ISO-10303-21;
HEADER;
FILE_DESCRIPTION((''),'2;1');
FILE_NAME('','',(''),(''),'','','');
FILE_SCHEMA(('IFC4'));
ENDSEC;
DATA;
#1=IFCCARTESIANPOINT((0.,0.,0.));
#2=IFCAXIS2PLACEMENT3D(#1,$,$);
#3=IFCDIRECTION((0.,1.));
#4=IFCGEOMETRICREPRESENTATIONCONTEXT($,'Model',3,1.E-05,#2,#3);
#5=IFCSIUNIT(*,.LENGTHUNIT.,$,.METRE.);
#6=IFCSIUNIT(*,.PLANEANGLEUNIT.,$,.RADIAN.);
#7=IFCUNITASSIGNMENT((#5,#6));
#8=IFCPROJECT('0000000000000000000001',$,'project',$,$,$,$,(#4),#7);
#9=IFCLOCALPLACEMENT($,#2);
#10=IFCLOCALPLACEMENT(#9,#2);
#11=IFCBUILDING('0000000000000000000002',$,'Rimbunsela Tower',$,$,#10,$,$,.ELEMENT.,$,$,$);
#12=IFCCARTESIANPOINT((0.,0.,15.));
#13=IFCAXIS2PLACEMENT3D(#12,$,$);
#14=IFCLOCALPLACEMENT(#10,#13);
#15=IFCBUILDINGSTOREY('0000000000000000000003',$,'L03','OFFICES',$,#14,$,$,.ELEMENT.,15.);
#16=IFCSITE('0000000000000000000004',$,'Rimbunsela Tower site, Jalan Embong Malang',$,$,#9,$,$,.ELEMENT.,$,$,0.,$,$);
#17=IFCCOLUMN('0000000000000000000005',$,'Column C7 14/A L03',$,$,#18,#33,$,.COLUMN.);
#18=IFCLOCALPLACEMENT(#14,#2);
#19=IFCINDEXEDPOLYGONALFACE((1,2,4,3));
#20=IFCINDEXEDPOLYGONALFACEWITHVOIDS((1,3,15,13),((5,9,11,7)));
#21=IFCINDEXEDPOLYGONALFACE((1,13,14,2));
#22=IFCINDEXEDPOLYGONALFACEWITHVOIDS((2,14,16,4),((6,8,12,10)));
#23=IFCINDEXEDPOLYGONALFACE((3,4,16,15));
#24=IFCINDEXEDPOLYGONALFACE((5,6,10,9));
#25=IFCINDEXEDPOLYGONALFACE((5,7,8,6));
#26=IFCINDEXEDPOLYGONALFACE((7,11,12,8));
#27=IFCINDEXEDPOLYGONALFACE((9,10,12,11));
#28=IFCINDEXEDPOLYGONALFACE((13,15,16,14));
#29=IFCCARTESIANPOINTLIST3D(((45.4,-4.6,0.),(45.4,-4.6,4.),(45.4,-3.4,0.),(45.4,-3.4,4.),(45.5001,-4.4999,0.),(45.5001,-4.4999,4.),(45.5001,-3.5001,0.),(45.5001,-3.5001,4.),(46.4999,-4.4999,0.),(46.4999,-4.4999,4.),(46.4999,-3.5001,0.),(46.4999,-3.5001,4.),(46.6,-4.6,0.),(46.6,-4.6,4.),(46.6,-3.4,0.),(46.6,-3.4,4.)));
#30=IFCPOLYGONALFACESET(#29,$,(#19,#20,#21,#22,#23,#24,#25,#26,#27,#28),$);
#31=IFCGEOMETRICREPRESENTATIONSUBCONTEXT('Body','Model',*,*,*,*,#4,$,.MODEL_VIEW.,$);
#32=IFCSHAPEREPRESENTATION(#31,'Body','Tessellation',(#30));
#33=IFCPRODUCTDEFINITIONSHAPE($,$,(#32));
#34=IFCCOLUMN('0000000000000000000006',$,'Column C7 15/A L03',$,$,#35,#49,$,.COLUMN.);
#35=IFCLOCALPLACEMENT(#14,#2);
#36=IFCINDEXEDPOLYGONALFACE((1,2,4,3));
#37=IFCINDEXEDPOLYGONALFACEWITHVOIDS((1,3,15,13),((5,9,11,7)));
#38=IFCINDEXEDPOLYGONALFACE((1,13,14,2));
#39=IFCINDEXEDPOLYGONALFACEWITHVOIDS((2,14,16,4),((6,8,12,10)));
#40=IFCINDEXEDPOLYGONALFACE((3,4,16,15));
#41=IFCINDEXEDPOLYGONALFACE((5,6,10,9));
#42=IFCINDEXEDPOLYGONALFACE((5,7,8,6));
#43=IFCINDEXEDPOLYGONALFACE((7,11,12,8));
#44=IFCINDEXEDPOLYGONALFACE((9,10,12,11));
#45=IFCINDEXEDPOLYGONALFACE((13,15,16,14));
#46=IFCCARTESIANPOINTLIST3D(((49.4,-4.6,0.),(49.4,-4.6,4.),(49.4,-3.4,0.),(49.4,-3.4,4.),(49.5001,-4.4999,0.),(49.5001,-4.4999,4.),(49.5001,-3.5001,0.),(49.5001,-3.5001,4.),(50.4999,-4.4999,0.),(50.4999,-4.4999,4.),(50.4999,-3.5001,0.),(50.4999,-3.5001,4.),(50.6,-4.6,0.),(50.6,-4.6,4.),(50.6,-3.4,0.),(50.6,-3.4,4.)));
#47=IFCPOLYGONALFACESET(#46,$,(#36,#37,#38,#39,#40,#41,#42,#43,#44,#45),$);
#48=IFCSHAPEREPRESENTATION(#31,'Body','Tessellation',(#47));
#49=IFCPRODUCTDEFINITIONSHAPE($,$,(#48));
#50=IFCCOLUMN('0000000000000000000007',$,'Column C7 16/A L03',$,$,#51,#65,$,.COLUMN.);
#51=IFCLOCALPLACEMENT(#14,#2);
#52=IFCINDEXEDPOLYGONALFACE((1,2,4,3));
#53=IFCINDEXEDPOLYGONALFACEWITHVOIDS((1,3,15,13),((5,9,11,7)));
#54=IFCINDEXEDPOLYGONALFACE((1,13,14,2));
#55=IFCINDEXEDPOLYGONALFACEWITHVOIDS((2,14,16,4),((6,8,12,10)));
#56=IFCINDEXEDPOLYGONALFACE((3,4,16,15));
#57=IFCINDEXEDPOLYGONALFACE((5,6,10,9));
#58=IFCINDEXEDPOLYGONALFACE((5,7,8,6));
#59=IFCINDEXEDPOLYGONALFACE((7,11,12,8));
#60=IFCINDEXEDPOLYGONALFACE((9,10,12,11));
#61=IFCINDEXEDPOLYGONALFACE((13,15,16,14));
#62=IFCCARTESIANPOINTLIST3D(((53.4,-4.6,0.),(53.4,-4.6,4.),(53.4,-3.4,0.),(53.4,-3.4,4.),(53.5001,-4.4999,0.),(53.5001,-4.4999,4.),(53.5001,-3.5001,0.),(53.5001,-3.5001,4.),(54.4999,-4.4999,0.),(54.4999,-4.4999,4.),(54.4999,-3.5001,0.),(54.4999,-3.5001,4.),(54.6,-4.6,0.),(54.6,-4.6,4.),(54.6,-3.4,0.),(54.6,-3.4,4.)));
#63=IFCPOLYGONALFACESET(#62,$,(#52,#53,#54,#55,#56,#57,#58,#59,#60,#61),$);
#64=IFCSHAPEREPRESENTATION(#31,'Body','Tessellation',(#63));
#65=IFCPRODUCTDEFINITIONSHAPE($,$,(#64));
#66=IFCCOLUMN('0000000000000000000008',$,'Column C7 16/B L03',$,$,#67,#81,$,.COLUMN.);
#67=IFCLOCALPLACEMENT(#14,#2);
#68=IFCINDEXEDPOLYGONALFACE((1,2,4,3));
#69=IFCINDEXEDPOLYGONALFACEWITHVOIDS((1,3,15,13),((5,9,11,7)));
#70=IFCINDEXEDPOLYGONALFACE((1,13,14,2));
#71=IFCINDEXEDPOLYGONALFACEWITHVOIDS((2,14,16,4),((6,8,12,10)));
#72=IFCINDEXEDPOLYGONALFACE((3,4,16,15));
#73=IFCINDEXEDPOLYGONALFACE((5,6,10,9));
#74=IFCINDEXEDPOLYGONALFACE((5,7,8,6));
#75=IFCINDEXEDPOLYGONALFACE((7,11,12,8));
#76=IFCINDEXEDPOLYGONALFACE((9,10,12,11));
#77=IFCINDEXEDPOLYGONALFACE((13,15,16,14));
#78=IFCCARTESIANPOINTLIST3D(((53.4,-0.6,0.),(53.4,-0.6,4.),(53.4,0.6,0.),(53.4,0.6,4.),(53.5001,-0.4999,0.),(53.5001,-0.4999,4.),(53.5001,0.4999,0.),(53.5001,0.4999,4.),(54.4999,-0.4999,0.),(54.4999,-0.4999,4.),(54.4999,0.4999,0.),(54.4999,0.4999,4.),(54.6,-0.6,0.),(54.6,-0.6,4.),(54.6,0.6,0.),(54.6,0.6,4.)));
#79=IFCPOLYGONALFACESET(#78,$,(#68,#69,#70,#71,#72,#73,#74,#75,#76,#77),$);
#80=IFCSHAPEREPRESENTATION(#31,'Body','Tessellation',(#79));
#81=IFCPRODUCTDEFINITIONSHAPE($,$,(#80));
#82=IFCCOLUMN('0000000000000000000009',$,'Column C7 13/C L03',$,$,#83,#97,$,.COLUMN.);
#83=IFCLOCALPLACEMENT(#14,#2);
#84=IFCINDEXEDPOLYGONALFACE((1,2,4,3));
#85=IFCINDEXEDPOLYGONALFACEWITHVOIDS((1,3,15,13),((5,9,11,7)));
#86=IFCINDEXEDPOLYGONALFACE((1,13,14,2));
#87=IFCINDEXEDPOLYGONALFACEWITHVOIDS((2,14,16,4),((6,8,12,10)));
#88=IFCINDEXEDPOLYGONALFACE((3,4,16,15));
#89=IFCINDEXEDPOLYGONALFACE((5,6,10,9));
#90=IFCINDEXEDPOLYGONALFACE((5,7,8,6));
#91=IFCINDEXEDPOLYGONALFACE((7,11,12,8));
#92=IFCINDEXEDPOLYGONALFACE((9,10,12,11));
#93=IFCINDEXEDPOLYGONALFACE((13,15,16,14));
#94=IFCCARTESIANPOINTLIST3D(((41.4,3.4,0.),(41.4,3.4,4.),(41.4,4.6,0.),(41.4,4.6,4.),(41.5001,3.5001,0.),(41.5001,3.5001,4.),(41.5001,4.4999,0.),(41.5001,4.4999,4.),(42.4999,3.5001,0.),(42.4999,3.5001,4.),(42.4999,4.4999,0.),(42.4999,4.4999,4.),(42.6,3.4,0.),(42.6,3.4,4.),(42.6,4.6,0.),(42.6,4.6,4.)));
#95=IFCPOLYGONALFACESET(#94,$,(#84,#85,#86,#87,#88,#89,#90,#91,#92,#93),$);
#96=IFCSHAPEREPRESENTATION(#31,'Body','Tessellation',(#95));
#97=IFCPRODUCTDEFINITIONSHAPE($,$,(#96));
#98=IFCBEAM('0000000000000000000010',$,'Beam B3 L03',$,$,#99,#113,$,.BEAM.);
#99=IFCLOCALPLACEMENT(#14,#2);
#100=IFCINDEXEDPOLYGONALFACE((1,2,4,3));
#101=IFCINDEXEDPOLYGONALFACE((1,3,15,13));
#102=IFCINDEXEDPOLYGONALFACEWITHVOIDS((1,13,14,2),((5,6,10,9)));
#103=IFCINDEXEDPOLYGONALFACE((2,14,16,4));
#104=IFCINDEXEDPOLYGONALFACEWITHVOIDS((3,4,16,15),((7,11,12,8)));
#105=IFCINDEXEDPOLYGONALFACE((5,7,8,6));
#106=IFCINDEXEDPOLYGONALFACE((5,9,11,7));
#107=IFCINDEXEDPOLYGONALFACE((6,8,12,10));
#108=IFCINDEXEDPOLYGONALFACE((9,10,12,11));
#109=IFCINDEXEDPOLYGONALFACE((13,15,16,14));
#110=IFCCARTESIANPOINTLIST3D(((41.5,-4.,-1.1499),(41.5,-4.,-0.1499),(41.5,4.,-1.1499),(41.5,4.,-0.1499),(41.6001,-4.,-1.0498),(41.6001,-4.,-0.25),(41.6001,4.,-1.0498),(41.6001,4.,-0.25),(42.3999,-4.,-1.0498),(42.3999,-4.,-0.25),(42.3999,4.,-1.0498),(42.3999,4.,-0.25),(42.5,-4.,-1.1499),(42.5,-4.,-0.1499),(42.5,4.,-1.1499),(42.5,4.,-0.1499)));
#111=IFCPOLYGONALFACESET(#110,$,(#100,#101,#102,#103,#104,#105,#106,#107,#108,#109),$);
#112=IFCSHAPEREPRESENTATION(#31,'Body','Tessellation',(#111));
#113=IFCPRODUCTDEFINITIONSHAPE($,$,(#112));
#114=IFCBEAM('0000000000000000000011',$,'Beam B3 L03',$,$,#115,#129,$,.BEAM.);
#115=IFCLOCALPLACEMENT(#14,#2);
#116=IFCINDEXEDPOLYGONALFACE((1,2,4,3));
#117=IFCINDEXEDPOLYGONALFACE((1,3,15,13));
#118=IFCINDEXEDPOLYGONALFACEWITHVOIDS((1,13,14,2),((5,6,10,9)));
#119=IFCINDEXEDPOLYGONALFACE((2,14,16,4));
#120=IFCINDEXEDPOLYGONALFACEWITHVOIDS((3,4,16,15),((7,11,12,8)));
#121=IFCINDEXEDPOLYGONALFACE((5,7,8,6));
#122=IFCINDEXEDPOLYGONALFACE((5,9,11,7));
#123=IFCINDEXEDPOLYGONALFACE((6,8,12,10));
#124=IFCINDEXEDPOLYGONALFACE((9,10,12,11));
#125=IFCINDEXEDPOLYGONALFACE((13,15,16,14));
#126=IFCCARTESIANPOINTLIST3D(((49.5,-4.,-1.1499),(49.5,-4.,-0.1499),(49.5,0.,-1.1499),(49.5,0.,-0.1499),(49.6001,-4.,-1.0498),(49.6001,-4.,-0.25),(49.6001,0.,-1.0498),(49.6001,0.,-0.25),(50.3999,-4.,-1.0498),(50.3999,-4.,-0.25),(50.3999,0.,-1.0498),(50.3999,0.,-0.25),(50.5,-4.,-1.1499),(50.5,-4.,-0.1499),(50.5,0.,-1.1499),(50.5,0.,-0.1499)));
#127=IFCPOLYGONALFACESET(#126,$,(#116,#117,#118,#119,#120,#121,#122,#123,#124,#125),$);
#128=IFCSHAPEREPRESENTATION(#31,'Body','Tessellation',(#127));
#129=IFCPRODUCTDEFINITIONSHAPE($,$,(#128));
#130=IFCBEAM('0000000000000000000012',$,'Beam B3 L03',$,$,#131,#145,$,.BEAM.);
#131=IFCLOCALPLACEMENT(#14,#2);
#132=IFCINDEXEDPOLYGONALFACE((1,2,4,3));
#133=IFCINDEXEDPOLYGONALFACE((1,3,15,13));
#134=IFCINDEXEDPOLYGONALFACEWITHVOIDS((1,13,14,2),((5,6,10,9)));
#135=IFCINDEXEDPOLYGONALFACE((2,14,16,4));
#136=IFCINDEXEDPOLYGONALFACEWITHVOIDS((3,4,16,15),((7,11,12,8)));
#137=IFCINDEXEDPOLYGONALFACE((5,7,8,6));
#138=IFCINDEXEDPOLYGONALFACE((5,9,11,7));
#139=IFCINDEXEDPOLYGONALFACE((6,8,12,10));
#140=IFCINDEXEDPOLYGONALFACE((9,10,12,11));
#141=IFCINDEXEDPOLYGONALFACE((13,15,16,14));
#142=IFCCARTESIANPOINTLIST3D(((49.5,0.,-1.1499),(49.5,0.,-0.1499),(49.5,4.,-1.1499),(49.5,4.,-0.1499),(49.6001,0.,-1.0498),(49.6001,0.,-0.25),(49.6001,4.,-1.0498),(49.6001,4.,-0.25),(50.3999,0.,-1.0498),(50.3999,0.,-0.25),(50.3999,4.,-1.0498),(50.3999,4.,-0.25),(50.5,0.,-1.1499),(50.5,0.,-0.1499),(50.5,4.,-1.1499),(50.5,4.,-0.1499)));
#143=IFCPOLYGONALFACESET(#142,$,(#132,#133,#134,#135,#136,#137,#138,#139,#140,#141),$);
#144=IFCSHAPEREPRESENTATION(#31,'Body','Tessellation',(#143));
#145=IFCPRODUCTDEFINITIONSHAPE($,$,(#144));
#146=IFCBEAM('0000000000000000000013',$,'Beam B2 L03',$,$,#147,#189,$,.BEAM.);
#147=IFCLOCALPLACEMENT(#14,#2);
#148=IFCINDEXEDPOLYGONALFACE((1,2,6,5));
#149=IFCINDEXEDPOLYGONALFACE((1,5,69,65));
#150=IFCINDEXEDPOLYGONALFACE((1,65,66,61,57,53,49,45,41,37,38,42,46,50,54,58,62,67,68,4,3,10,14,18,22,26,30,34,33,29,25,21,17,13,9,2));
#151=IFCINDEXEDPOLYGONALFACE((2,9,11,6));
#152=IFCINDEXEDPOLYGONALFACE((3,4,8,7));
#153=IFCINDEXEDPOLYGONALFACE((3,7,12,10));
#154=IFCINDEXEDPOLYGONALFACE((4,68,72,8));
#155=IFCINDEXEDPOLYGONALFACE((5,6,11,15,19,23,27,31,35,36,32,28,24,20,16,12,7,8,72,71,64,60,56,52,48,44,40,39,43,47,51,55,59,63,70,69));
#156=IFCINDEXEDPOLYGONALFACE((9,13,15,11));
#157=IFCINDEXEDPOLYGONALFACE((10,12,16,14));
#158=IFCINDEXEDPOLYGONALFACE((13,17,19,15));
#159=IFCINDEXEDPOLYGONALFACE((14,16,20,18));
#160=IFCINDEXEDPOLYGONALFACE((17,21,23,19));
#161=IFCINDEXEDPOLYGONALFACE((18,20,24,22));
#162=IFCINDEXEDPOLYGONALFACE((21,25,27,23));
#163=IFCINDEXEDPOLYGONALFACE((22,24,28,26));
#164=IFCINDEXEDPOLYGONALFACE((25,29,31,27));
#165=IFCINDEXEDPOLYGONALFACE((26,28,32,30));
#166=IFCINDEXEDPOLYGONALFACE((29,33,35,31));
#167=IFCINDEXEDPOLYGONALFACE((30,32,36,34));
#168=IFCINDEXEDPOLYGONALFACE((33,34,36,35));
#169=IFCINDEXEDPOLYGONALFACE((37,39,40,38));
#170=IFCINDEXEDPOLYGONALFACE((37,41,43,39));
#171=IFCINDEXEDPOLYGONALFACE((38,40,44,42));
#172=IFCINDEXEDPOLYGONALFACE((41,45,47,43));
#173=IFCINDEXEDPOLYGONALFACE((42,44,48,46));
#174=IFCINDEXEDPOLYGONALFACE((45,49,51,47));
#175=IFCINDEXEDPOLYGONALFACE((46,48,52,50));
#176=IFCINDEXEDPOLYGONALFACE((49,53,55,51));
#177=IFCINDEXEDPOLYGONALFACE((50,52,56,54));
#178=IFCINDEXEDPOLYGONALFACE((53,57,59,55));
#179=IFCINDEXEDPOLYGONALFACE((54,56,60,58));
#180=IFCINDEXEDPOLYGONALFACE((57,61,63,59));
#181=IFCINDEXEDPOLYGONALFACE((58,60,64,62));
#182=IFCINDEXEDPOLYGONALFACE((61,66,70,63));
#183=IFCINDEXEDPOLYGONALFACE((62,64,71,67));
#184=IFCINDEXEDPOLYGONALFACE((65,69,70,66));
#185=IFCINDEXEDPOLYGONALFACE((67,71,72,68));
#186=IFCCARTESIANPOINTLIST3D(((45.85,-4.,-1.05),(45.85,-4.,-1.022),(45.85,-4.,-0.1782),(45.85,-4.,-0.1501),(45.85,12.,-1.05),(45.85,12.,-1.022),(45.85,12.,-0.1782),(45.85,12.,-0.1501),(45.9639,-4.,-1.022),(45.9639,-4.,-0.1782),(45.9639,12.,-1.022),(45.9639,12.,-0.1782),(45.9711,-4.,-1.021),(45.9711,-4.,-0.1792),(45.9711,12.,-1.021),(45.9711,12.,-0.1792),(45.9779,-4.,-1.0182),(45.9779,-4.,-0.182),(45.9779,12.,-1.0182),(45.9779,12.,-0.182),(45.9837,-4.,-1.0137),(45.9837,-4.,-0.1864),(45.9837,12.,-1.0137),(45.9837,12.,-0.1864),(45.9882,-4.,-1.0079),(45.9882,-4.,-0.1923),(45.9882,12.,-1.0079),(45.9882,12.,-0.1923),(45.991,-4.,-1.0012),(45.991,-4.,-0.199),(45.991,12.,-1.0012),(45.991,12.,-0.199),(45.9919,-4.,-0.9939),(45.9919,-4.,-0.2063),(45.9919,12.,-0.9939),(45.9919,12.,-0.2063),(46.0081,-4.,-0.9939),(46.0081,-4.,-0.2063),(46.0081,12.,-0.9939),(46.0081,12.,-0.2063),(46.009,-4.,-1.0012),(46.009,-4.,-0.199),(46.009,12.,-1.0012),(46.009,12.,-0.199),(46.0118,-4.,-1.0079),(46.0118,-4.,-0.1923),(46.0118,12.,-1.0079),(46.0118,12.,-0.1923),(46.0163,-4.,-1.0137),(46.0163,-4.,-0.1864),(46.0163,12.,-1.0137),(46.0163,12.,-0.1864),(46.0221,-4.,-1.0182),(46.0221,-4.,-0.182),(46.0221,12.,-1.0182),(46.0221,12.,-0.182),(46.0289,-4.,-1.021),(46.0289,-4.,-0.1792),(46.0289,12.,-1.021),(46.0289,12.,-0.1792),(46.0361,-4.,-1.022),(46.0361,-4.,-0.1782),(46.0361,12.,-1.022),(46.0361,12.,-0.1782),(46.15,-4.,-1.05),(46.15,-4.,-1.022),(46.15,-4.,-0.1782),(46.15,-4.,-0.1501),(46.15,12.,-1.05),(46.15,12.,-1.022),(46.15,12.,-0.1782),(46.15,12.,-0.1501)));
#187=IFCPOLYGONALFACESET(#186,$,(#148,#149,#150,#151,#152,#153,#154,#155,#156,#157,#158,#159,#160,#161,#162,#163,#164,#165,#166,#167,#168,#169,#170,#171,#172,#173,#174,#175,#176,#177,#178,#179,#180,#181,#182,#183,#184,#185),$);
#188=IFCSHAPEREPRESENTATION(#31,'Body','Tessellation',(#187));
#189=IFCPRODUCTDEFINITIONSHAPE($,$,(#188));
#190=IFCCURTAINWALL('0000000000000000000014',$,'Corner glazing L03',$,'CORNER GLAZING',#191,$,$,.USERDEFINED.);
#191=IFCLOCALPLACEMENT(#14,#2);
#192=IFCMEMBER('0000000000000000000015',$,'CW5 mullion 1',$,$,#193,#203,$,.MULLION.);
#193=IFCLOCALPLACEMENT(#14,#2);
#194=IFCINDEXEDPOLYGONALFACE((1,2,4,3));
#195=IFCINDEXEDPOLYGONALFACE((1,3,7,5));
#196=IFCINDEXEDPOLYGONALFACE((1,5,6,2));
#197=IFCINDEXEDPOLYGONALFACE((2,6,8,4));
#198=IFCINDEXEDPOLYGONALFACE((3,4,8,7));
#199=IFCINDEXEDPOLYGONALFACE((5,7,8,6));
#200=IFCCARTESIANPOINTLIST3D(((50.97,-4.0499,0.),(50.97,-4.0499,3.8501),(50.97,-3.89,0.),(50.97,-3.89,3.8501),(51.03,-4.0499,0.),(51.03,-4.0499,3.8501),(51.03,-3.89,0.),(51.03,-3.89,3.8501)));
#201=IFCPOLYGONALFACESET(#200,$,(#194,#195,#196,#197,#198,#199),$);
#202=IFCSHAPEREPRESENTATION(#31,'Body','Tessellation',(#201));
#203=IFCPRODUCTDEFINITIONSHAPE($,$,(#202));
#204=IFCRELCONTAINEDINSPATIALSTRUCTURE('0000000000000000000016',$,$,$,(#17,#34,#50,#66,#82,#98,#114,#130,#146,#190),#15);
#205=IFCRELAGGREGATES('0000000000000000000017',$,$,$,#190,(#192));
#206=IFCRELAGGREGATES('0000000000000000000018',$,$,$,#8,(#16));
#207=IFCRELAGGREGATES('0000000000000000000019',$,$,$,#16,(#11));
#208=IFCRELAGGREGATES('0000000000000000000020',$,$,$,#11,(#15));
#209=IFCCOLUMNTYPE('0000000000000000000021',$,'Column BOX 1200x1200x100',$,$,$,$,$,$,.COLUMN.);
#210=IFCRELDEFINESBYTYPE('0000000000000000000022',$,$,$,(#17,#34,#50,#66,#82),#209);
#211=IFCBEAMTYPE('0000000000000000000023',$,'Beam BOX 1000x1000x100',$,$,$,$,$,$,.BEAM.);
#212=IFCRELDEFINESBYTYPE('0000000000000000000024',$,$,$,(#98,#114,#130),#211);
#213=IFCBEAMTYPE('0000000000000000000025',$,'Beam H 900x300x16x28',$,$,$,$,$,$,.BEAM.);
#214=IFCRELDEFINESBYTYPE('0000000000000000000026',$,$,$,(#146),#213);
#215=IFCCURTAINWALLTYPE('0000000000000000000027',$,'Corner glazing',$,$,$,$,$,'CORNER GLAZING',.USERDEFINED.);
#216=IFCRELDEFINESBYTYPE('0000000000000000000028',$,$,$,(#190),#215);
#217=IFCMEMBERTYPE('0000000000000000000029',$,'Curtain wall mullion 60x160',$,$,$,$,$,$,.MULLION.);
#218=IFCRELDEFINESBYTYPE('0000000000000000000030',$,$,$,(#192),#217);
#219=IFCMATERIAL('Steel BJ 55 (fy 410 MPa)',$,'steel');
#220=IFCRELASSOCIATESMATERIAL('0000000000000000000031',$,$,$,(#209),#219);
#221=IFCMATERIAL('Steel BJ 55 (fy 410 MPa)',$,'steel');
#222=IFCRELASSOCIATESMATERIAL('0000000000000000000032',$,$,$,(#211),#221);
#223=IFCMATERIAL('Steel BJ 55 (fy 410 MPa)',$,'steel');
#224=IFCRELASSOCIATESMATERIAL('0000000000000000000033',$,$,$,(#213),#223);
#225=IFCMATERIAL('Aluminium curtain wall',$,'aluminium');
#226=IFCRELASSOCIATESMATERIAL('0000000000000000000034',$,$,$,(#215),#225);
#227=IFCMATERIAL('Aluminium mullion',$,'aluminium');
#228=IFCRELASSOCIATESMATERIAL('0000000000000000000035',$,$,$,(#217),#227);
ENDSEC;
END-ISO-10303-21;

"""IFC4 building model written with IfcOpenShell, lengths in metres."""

from ifc_helpers import new_model, si_unit, direction, frame, origin, origin_2d, place, context, subcontext, project, spatial, rectangle, hollow_rectangle, i_section, extrude, material, material_profile, profile_set, type_object, element, aggregate, save


model = new_model("IFC4")

# Units and contexts
model_context = context("Model", 3, precision=1e-05, world=origin(), true_north=direction((0.0, 1.0)))
body_context = subcontext(model_context, "Body", "Model", "MODEL_VIEW")
ifc_project = project(units=[si_unit("LENGTHUNIT", "METRE"), si_unit("PLANEANGLEUNIT", "RADIAN")], contexts=[model_context])

# Site, building, storey
site_placement = place(None, origin())
site = spatial("IfcSite", under=ifc_project, at=site_placement, Name="Rimbunsela Tower site, Jalan Embong Malang", CompositionType="ELEMENT", RefElevation=0.0)
building_placement = place(site_placement, origin())
building = spatial("IfcBuilding", under=site, at=building_placement, Name="Rimbunsela Tower", CompositionType="ELEMENT")
storey_placement = place(building_placement, frame((0.0, 0.0, 15.0)))
storey = spatial("IfcBuildingStorey", under=building, at=storey_placement, Name="L03", Description="OFFICES", CompositionType="ELEMENT", Elevation=15.0)

# Columns
ifc_material_1 = material(Name="Steel BJ 55 (fy 410 MPa)", Category="steel")
ifc_material_profile_1 = material_profile(ifc_material_1, hollow_rectangle(XDim=1.2, YDim=1.2, WallThickness=0.1001, at=origin_2d()), Name="BOX 1200x1200x100")
ifc_profile_set_1 = profile_set([ifc_material_profile_1], Name="Steel BJ 55 (fy 410 MPa)")
column_type = type_object("IfcColumnType", Name="Column BOX 1200x1200x100", PredefinedType="COLUMN", material=ifc_profile_set_1)
for number, where, z_axis, x_axis, name in (
    (1, (46.0, -4.0, 0.0), (0.0, 0.0, 1.0), (1.0, 0.0, 0.0), "Column C7 14/A L03"),
    (2, (50.0, -4.0, 0.0), (0.0, 0.0, 1.0), (1.0, 0.0, 0.0), "Column C7 15/A L03"),
    (3, (54.0, -4.0, 0.0), (0.0, 0.0, 1.0), (1.0, 0.0, 0.0), "Column C7 16/A L03"),
    (4, (54.0, 0.0, 0.0), (0.0, 0.0, 1.0), (1.0, 0.0, 0.0), "Column C7 16/B L03"),
    (5, (42.0, 4.0, 0.0), (0.0, 0.0, 1.0), (1.0, 0.0, 0.0), "Column C7 13/C L03"),
):
    element("IfcColumn", number, at=place(storey_placement, frame(where, z_axis=z_axis, x_axis=x_axis)), inside=storey, type_object=column_type, Name=name, PredefinedType="COLUMN", context=body_context, shape_type="SweptSolid", body=[
        extrude(hollow_rectangle(XDim=1.2, YDim=1.2, WallThickness=0.1001, at=origin_2d()), origin(), (0.0, 0.0, 1.0), 4.0),
    ])

# Beams
ifc_material_2 = material(Name="Steel BJ 55 (fy 410 MPa)", Category="steel")
ifc_material_profile_2 = material_profile(ifc_material_2, hollow_rectangle(XDim=1.0, YDim=1.0, WallThickness=0.1001, at=origin_2d()), Name="BOX 1000x1000x100")
ifc_profile_set_2 = profile_set([ifc_material_profile_2], Name="Steel BJ 55 (fy 410 MPa)")
beam_type_1 = type_object("IfcBeamType", Name="Beam BOX 1000x1000x100", PredefinedType="BEAM", material=ifc_profile_set_2)
beam_1_placement = place(storey_placement, frame((42.0, -4.0, -0.6499), z_axis=(0.0, 1.0, 0.0), x_axis=(-1.0, 0.0, 0.0)))
element("IfcBeam", 6, at=beam_1_placement, inside=storey, type_object=beam_type_1, Name="Beam B3 L03", PredefinedType="BEAM", context=body_context, shape_type="SweptSolid", body=[
    extrude(hollow_rectangle(XDim=1.0, YDim=1.0, WallThickness=0.1001, at=origin_2d()), origin(), (0.0, 0.0, 1.0), 8.0),
])
for number, where, z_axis, x_axis, name in (
    (7, (50.0, -4.0, -0.6499), (0.0, 1.0, 0.0), (-1.0, 0.0, 0.0), "Beam B3 L03"),
    (8, (50.0, 0.0, -0.6499), (0.0, 1.0, 0.0), (-1.0, 0.0, 0.0), "Beam B3 L03"),
):
    element("IfcBeam", number, at=place(storey_placement, frame(where, z_axis=z_axis, x_axis=x_axis)), inside=storey, type_object=beam_type_1, Name=name, PredefinedType="BEAM", context=body_context, shape_type="SweptSolid", body=[
        extrude(hollow_rectangle(XDim=1.0, YDim=1.0, WallThickness=0.1001, at=origin_2d()), origin(), (0.0, 0.0, 1.0), 4.0),
    ])
ifc_material_3 = material(Name="Steel BJ 55 (fy 410 MPa)", Category="steel")
ifc_material_profile_3 = material_profile(ifc_material_3, i_section(OverallWidth=0.3, OverallDepth=0.8999, WebThickness=0.0161, FlangeThickness=0.0281, FilletRadius=0.0281, at=origin_2d()), Name="H 900x300x16x28")
ifc_profile_set_3 = profile_set([ifc_material_profile_3], Name="Steel BJ 55 (fy 410 MPa)")
beam_type_2 = type_object("IfcBeamType", Name="Beam H 900x300x16x28", PredefinedType="BEAM", material=ifc_profile_set_3)
beam_2_placement = place(storey_placement, frame((46.0, -4.0, -0.6001), z_axis=(0.0, 1.0, 0.0), x_axis=(-1.0, 0.0, 0.0)))
element("IfcBeam", 9, at=beam_2_placement, inside=storey, type_object=beam_type_2, Name="Beam B2 L03", PredefinedType="BEAM", context=body_context, shape_type="SweptSolid", body=[
    extrude(i_section(OverallWidth=0.3, OverallDepth=0.8999, WebThickness=0.0161, FlangeThickness=0.0281, FilletRadius=0.0281, at=origin_2d()), origin(), (0.0, 0.0, 1.0), 16.0),
])

# Curtain wall, member
ifc_material_4 = material(Name="Aluminium curtain wall", Category="aluminium")
curtain_wall_type = type_object("IfcCurtainWallType", Name="Corner glazing", ElementType="CORNER GLAZING", PredefinedType="USERDEFINED", material=ifc_material_4)
curtain_wall_1_placement = place(storey_placement, origin())
curtain_wall_1 = element("IfcCurtainWall", 10, at=curtain_wall_1_placement, inside=storey, type_object=curtain_wall_type, Name="Corner glazing L03", ObjectType="CORNER GLAZING", PredefinedType="USERDEFINED")
ifc_material_5 = material(Name="Aluminium mullion", Category="aluminium")
ifc_material_profile_4 = material_profile(ifc_material_5, rectangle(XDim=0.0601, YDim=0.1599, at=origin_2d()), Name="Mullion 60x160")
ifc_profile_set_4 = profile_set([ifc_material_profile_4], Name="Aluminium mullion")
member_type_1 = type_object("IfcMemberType", Name="Curtain wall mullion 60x160", PredefinedType="MULLION", material=ifc_profile_set_4)
member_1_placement = place(storey_placement, frame((51.0, -3.97, 0.0), z_axis=(0.0, 0.0, 1.0), x_axis=(-1.0, 0.0, 0.0)))
member_1 = element("IfcMember", 11, at=member_1_placement, type_object=member_type_1, Name="CW5 mullion 1", PredefinedType="MULLION", context=body_context, shape_type="SweptSolid", body=[
    extrude(rectangle(XDim=0.0601, YDim=0.1599, at=origin_2d()), origin(), (0.0, 0.0, 1.0), 3.8501),
])

aggregate(curtain_wall_1, [member_1])

save(model, "model.ifc")
